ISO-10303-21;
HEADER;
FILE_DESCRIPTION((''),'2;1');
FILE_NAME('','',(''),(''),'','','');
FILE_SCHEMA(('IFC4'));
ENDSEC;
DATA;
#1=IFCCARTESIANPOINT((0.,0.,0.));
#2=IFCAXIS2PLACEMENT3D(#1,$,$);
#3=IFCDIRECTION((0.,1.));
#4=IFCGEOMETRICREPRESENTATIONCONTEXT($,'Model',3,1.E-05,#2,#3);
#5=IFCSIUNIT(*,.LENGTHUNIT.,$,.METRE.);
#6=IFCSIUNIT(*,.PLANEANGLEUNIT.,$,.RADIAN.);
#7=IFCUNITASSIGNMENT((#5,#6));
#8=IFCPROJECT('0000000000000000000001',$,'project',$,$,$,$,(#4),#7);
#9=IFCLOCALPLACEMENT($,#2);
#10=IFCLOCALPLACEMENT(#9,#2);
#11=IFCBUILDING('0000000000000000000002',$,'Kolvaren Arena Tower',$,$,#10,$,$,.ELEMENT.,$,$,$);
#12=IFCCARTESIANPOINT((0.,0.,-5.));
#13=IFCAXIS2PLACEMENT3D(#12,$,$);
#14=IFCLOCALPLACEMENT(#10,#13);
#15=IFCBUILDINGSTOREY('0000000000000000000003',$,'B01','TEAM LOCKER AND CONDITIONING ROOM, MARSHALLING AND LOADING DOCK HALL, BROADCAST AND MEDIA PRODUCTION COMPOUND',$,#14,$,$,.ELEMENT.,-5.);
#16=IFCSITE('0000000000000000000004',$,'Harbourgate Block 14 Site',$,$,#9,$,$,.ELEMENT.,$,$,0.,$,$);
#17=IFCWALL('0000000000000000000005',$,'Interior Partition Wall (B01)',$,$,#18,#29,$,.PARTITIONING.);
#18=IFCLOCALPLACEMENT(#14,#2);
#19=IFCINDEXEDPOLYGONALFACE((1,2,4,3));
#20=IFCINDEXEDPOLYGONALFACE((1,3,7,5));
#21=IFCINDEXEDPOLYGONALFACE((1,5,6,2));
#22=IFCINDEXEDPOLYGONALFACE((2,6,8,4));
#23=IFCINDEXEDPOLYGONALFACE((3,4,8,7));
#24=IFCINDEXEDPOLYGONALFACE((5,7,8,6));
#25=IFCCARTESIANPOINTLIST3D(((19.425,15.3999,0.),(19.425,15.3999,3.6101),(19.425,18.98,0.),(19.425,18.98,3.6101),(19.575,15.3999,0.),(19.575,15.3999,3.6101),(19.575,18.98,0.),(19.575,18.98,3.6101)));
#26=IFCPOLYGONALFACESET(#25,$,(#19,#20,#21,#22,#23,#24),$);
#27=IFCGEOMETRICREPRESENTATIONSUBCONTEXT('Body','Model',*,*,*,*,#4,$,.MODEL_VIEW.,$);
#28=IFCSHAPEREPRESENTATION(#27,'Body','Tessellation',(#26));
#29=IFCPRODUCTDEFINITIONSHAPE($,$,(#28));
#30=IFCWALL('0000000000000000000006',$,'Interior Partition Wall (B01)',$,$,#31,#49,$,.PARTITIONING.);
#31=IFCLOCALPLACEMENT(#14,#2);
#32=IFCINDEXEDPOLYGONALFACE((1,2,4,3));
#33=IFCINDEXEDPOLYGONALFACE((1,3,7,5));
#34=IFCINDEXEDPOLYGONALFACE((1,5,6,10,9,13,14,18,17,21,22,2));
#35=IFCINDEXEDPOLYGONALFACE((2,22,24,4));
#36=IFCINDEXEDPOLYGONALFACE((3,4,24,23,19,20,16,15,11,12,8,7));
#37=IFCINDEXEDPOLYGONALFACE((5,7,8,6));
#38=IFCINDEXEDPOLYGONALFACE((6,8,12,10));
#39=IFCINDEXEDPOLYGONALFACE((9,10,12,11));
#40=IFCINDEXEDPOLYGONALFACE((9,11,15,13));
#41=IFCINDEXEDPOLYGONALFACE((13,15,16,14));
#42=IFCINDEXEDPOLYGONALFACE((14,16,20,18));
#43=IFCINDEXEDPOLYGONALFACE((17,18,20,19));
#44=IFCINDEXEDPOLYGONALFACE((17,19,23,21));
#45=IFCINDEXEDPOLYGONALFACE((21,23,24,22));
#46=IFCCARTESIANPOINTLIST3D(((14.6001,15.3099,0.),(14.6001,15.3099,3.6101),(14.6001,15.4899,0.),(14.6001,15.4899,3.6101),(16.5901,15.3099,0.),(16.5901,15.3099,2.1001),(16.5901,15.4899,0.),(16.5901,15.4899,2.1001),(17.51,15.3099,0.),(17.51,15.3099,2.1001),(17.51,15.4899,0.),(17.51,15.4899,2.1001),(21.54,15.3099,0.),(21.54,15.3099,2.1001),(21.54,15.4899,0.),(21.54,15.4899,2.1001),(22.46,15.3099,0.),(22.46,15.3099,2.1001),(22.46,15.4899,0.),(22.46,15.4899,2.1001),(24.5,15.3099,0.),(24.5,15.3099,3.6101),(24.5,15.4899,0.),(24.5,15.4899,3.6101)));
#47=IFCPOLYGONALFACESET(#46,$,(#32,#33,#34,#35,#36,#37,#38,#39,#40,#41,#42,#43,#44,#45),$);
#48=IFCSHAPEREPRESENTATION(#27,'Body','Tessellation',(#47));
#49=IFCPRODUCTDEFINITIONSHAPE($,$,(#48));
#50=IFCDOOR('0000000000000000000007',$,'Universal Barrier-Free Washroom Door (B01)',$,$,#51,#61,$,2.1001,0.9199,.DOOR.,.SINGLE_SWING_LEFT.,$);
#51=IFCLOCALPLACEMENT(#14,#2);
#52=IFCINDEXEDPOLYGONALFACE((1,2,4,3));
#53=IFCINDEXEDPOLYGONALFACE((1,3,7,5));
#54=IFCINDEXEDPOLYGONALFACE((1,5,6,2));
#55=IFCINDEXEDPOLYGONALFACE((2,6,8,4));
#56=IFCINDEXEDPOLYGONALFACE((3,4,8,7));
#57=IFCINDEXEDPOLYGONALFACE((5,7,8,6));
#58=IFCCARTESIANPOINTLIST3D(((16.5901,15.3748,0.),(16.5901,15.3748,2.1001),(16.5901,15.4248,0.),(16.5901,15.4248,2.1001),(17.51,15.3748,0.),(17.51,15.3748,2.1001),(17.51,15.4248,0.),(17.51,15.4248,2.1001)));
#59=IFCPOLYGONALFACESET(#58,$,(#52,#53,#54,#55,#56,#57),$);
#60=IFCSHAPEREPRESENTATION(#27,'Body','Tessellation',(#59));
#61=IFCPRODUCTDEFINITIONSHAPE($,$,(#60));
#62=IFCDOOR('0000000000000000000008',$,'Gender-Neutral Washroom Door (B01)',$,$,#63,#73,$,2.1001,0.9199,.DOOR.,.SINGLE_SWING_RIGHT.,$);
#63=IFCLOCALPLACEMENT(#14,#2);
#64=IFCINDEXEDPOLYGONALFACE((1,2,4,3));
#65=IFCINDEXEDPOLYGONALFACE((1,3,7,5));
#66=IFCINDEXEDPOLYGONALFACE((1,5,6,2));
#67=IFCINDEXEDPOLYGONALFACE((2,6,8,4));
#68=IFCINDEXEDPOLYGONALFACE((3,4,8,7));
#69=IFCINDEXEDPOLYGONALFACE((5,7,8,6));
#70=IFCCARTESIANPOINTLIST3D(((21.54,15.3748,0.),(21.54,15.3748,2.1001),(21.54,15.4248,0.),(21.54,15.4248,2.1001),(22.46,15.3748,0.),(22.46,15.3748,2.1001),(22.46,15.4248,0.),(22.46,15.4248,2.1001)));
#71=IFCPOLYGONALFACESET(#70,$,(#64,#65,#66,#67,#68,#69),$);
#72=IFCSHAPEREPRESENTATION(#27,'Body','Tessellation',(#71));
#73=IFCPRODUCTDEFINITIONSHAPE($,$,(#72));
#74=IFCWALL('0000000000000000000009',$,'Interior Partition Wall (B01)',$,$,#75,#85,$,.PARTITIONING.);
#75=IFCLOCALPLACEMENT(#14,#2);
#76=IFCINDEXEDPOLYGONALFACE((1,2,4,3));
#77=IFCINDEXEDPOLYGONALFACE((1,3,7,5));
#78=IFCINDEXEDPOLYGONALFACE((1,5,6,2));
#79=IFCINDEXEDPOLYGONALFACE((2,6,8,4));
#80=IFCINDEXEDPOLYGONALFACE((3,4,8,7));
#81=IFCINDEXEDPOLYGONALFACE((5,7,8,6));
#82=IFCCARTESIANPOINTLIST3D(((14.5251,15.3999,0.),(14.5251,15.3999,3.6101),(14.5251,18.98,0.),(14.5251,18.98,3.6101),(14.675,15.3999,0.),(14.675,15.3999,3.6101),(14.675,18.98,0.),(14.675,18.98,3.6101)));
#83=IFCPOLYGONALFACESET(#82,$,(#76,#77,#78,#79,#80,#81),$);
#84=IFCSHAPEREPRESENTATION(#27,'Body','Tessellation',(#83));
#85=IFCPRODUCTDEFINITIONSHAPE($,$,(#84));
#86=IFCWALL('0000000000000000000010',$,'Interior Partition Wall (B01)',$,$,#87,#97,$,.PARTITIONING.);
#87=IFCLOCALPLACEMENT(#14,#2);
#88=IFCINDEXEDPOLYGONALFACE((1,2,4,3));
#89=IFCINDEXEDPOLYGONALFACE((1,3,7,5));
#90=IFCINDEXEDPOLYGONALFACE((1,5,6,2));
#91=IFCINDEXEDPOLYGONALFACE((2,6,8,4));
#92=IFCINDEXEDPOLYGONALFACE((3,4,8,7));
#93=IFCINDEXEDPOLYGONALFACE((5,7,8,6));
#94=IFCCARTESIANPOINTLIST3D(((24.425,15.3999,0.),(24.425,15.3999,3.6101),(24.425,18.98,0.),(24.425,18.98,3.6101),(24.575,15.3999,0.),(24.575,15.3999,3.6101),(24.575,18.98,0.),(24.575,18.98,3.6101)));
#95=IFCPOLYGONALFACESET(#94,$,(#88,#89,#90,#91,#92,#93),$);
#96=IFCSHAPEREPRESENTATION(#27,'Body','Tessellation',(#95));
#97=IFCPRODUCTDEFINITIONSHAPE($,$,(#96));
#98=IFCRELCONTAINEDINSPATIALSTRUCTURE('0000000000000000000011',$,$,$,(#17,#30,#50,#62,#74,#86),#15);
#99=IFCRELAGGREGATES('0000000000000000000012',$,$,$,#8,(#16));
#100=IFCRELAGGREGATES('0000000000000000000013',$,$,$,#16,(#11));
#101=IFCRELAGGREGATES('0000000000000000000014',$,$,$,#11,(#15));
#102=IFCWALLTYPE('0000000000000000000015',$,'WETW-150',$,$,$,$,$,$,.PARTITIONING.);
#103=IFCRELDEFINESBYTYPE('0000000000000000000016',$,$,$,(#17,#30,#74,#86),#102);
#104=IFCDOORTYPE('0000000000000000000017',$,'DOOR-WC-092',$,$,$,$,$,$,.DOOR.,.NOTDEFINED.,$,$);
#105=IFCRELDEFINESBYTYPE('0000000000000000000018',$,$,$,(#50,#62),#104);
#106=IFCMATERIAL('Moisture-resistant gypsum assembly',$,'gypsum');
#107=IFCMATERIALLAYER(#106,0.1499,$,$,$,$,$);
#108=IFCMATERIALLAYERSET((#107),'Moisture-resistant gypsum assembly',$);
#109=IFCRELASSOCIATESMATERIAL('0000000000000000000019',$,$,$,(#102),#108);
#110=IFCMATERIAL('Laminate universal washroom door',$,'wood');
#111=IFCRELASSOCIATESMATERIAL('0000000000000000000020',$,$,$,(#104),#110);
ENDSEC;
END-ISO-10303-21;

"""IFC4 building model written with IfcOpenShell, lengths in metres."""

from ifc_helpers import new_model, si_unit, direction, frame, frame_2d, origin, place, context, subcontext, project, spatial, rectangle, extrude, material, layer, layer_set, type_object, element, fill, save


model = new_model("IFC4")

# Units and contexts
model_context = context("Model", 3, precision=1e-05, world=origin(), true_north=direction((0.0, 1.0)))
body_context = subcontext(model_context, "Body", "Model", "MODEL_VIEW")
ifc_project = project(units=[si_unit("LENGTHUNIT", "METRE"), si_unit("PLANEANGLEUNIT", "RADIAN")], contexts=[model_context])

# Site, building, storey
site_placement = place(None, origin())
site = spatial("IfcSite", under=ifc_project, at=site_placement, Name="Harbourgate Block 14 Site", CompositionType="ELEMENT", RefElevation=0.0)
building_placement = place(site_placement, origin())
building = spatial("IfcBuilding", under=site, at=building_placement, Name="Kolvaren Arena Tower", CompositionType="ELEMENT")
storey_placement = place(building_placement, frame((0.0, 0.0, -5.0)))
storey = spatial("IfcBuildingStorey", under=building, at=storey_placement, Name="B01", Description="TEAM LOCKER AND CONDITIONING ROOM, MARSHALLING AND LOADING DOCK HALL, BROADCAST AND MEDIA PRODUCTION COMPOUND", CompositionType="ELEMENT", Elevation=-5.0)

# Wall
ifc_material_1 = material(Name="Moisture-resistant gypsum assembly", Category="gypsum")
ifc_layer_1 = layer(ifc_material_1, 0.1499)
ifc_layer_set_1 = layer_set([ifc_layer_1], Name="Moisture-resistant gypsum assembly")
wall_type_1 = type_object("IfcWallType", Name="WETW-150", PredefinedType="PARTITIONING", material=ifc_layer_set_1)
wall_1_placement = place(storey_placement, frame((19.5, 15.3999, 0.0), z_axis=(0.0, 0.0, 1.0), x_axis=(0.0, 1.0, 0.0)))
element("IfcWall", 1, at=wall_1_placement, inside=storey, type_object=wall_type_1, Name="Interior Partition Wall (B01)", PredefinedType="PARTITIONING", context=body_context, shape_type="SweptSolid", body=[
    extrude(rectangle(XDim=3.5801, YDim=0.1499, at=frame_2d((1.79, 0.0))), origin(), (0.0, 0.0, 1.0), 3.6101),
])

# Wall, openings, doors
wall_2_placement = place(storey_placement, frame((14.6001, 15.3999, 0.0), z_axis=(0.0, 0.0, 1.0), x_axis=(1.0, 0.0, 0.0)))
wall_2 = element("IfcWall", 2, at=wall_2_placement, inside=storey, type_object=wall_type_1, Name="Interior Partition Wall (B01)", PredefinedType="PARTITIONING", context=body_context, shape_type="SweptSolid", body=[
    extrude(rectangle(XDim=9.8999, YDim=0.1799, at=frame_2d((4.95, 0.0))), origin(), (0.0, 0.0, 1.0), 3.6101),
])
opening_1_placement = place(wall_2_placement, frame((1.99, 0.0, 0.0)))
opening_1 = element("IfcOpeningElement", 3, at=opening_1_placement, cuts=wall_2, PredefinedType="OPENING", context=body_context, shape_type="SweptSolid", body=[
    extrude(rectangle(XDim=0.9199, YDim=2.1001, at=frame_2d((0.46, 1.05))), frame((0.0, 0.0999, 0.0), z_axis=(0.0, -1.0, 0.0), x_axis=(1.0, 0.0, 0.0)), (0.0, 0.0, 1.0), 0.2),
])
opening_2_placement = place(wall_2_placement, frame((6.9399, 0.0, 0.0)))
opening_2 = element("IfcOpeningElement", 4, at=opening_2_placement, cuts=wall_2, PredefinedType="OPENING", context=body_context, shape_type="SweptSolid", body=[
    extrude(rectangle(XDim=0.9199, YDim=2.1001, at=frame_2d((0.46, 1.05))), frame((0.0, 0.0999, 0.0), z_axis=(0.0, -1.0, 0.0), x_axis=(1.0, 0.0, 0.0)), (0.0, 0.0, 1.0), 0.2),
])
ifc_material_2 = material(Name="Laminate universal washroom door", Category="wood")
door_type_1 = type_object("IfcDoorType", Name="DOOR-WC-092", OperationType="NOTDEFINED", PredefinedType="DOOR", material=ifc_material_2)
door_1_placement = place(opening_1_placement, origin())
door_1 = element("IfcDoor", 5, at=door_1_placement, inside=storey, type_object=door_type_1, Name="Universal Barrier-Free Washroom Door (B01)", OperationType="SINGLE_SWING_LEFT", OverallHeight=2.1001, OverallWidth=0.9199, PredefinedType="DOOR", context=body_context, shape_type="SweptSolid", body=[
    extrude(rectangle(XDim=0.9199, YDim=2.1001, at=frame_2d((0.46, 1.05))), frame((0.0, 0.0249, 0.0), z_axis=(0.0, -1.0, 0.0), x_axis=(1.0, 0.0, 0.0)), (0.0, 0.0, 1.0), 0.05),
])
fill(opening_1, door_1)
door_2_placement = place(opening_2_placement, origin())
door_2 = element("IfcDoor", 6, at=door_2_placement, inside=storey, type_object=door_type_1, Name="Gender-Neutral Washroom Door (B01)", OperationType="SINGLE_SWING_RIGHT", OverallHeight=2.1001, OverallWidth=0.9199, PredefinedType="DOOR", context=body_context, shape_type="SweptSolid", body=[
    extrude(rectangle(XDim=0.9199, YDim=2.1001, at=frame_2d((0.46, 1.05))), frame((0.0, 0.0249, 0.0), z_axis=(0.0, -1.0, 0.0), x_axis=(1.0, 0.0, 0.0)), (0.0, 0.0, 1.0), 0.05),
])
fill(opening_2, door_2)

# Walls
for number, where, z_axis, x_axis, name in (
    (7, (14.6001, 15.3999, 0.0), (0.0, 0.0, 1.0), (0.0, 1.0, 0.0), "Interior Partition Wall (B01)"),
    (8, (24.5, 15.3999, 0.0), (0.0, 0.0, 1.0), (0.0, 1.0, 0.0), "Interior Partition Wall (B01)"),
):
    element("IfcWall", number, at=place(storey_placement, frame(where, z_axis=z_axis, x_axis=x_axis)), inside=storey, type_object=wall_type_1, Name=name, PredefinedType="PARTITIONING", context=body_context, shape_type="SweptSolid", body=[
        extrude(rectangle(XDim=3.5801, YDim=0.1499, at=frame_2d((1.79, 0.0))), origin(), (0.0, 0.0, 1.0), 3.6101),
    ])

save(model, "model.ifc")
